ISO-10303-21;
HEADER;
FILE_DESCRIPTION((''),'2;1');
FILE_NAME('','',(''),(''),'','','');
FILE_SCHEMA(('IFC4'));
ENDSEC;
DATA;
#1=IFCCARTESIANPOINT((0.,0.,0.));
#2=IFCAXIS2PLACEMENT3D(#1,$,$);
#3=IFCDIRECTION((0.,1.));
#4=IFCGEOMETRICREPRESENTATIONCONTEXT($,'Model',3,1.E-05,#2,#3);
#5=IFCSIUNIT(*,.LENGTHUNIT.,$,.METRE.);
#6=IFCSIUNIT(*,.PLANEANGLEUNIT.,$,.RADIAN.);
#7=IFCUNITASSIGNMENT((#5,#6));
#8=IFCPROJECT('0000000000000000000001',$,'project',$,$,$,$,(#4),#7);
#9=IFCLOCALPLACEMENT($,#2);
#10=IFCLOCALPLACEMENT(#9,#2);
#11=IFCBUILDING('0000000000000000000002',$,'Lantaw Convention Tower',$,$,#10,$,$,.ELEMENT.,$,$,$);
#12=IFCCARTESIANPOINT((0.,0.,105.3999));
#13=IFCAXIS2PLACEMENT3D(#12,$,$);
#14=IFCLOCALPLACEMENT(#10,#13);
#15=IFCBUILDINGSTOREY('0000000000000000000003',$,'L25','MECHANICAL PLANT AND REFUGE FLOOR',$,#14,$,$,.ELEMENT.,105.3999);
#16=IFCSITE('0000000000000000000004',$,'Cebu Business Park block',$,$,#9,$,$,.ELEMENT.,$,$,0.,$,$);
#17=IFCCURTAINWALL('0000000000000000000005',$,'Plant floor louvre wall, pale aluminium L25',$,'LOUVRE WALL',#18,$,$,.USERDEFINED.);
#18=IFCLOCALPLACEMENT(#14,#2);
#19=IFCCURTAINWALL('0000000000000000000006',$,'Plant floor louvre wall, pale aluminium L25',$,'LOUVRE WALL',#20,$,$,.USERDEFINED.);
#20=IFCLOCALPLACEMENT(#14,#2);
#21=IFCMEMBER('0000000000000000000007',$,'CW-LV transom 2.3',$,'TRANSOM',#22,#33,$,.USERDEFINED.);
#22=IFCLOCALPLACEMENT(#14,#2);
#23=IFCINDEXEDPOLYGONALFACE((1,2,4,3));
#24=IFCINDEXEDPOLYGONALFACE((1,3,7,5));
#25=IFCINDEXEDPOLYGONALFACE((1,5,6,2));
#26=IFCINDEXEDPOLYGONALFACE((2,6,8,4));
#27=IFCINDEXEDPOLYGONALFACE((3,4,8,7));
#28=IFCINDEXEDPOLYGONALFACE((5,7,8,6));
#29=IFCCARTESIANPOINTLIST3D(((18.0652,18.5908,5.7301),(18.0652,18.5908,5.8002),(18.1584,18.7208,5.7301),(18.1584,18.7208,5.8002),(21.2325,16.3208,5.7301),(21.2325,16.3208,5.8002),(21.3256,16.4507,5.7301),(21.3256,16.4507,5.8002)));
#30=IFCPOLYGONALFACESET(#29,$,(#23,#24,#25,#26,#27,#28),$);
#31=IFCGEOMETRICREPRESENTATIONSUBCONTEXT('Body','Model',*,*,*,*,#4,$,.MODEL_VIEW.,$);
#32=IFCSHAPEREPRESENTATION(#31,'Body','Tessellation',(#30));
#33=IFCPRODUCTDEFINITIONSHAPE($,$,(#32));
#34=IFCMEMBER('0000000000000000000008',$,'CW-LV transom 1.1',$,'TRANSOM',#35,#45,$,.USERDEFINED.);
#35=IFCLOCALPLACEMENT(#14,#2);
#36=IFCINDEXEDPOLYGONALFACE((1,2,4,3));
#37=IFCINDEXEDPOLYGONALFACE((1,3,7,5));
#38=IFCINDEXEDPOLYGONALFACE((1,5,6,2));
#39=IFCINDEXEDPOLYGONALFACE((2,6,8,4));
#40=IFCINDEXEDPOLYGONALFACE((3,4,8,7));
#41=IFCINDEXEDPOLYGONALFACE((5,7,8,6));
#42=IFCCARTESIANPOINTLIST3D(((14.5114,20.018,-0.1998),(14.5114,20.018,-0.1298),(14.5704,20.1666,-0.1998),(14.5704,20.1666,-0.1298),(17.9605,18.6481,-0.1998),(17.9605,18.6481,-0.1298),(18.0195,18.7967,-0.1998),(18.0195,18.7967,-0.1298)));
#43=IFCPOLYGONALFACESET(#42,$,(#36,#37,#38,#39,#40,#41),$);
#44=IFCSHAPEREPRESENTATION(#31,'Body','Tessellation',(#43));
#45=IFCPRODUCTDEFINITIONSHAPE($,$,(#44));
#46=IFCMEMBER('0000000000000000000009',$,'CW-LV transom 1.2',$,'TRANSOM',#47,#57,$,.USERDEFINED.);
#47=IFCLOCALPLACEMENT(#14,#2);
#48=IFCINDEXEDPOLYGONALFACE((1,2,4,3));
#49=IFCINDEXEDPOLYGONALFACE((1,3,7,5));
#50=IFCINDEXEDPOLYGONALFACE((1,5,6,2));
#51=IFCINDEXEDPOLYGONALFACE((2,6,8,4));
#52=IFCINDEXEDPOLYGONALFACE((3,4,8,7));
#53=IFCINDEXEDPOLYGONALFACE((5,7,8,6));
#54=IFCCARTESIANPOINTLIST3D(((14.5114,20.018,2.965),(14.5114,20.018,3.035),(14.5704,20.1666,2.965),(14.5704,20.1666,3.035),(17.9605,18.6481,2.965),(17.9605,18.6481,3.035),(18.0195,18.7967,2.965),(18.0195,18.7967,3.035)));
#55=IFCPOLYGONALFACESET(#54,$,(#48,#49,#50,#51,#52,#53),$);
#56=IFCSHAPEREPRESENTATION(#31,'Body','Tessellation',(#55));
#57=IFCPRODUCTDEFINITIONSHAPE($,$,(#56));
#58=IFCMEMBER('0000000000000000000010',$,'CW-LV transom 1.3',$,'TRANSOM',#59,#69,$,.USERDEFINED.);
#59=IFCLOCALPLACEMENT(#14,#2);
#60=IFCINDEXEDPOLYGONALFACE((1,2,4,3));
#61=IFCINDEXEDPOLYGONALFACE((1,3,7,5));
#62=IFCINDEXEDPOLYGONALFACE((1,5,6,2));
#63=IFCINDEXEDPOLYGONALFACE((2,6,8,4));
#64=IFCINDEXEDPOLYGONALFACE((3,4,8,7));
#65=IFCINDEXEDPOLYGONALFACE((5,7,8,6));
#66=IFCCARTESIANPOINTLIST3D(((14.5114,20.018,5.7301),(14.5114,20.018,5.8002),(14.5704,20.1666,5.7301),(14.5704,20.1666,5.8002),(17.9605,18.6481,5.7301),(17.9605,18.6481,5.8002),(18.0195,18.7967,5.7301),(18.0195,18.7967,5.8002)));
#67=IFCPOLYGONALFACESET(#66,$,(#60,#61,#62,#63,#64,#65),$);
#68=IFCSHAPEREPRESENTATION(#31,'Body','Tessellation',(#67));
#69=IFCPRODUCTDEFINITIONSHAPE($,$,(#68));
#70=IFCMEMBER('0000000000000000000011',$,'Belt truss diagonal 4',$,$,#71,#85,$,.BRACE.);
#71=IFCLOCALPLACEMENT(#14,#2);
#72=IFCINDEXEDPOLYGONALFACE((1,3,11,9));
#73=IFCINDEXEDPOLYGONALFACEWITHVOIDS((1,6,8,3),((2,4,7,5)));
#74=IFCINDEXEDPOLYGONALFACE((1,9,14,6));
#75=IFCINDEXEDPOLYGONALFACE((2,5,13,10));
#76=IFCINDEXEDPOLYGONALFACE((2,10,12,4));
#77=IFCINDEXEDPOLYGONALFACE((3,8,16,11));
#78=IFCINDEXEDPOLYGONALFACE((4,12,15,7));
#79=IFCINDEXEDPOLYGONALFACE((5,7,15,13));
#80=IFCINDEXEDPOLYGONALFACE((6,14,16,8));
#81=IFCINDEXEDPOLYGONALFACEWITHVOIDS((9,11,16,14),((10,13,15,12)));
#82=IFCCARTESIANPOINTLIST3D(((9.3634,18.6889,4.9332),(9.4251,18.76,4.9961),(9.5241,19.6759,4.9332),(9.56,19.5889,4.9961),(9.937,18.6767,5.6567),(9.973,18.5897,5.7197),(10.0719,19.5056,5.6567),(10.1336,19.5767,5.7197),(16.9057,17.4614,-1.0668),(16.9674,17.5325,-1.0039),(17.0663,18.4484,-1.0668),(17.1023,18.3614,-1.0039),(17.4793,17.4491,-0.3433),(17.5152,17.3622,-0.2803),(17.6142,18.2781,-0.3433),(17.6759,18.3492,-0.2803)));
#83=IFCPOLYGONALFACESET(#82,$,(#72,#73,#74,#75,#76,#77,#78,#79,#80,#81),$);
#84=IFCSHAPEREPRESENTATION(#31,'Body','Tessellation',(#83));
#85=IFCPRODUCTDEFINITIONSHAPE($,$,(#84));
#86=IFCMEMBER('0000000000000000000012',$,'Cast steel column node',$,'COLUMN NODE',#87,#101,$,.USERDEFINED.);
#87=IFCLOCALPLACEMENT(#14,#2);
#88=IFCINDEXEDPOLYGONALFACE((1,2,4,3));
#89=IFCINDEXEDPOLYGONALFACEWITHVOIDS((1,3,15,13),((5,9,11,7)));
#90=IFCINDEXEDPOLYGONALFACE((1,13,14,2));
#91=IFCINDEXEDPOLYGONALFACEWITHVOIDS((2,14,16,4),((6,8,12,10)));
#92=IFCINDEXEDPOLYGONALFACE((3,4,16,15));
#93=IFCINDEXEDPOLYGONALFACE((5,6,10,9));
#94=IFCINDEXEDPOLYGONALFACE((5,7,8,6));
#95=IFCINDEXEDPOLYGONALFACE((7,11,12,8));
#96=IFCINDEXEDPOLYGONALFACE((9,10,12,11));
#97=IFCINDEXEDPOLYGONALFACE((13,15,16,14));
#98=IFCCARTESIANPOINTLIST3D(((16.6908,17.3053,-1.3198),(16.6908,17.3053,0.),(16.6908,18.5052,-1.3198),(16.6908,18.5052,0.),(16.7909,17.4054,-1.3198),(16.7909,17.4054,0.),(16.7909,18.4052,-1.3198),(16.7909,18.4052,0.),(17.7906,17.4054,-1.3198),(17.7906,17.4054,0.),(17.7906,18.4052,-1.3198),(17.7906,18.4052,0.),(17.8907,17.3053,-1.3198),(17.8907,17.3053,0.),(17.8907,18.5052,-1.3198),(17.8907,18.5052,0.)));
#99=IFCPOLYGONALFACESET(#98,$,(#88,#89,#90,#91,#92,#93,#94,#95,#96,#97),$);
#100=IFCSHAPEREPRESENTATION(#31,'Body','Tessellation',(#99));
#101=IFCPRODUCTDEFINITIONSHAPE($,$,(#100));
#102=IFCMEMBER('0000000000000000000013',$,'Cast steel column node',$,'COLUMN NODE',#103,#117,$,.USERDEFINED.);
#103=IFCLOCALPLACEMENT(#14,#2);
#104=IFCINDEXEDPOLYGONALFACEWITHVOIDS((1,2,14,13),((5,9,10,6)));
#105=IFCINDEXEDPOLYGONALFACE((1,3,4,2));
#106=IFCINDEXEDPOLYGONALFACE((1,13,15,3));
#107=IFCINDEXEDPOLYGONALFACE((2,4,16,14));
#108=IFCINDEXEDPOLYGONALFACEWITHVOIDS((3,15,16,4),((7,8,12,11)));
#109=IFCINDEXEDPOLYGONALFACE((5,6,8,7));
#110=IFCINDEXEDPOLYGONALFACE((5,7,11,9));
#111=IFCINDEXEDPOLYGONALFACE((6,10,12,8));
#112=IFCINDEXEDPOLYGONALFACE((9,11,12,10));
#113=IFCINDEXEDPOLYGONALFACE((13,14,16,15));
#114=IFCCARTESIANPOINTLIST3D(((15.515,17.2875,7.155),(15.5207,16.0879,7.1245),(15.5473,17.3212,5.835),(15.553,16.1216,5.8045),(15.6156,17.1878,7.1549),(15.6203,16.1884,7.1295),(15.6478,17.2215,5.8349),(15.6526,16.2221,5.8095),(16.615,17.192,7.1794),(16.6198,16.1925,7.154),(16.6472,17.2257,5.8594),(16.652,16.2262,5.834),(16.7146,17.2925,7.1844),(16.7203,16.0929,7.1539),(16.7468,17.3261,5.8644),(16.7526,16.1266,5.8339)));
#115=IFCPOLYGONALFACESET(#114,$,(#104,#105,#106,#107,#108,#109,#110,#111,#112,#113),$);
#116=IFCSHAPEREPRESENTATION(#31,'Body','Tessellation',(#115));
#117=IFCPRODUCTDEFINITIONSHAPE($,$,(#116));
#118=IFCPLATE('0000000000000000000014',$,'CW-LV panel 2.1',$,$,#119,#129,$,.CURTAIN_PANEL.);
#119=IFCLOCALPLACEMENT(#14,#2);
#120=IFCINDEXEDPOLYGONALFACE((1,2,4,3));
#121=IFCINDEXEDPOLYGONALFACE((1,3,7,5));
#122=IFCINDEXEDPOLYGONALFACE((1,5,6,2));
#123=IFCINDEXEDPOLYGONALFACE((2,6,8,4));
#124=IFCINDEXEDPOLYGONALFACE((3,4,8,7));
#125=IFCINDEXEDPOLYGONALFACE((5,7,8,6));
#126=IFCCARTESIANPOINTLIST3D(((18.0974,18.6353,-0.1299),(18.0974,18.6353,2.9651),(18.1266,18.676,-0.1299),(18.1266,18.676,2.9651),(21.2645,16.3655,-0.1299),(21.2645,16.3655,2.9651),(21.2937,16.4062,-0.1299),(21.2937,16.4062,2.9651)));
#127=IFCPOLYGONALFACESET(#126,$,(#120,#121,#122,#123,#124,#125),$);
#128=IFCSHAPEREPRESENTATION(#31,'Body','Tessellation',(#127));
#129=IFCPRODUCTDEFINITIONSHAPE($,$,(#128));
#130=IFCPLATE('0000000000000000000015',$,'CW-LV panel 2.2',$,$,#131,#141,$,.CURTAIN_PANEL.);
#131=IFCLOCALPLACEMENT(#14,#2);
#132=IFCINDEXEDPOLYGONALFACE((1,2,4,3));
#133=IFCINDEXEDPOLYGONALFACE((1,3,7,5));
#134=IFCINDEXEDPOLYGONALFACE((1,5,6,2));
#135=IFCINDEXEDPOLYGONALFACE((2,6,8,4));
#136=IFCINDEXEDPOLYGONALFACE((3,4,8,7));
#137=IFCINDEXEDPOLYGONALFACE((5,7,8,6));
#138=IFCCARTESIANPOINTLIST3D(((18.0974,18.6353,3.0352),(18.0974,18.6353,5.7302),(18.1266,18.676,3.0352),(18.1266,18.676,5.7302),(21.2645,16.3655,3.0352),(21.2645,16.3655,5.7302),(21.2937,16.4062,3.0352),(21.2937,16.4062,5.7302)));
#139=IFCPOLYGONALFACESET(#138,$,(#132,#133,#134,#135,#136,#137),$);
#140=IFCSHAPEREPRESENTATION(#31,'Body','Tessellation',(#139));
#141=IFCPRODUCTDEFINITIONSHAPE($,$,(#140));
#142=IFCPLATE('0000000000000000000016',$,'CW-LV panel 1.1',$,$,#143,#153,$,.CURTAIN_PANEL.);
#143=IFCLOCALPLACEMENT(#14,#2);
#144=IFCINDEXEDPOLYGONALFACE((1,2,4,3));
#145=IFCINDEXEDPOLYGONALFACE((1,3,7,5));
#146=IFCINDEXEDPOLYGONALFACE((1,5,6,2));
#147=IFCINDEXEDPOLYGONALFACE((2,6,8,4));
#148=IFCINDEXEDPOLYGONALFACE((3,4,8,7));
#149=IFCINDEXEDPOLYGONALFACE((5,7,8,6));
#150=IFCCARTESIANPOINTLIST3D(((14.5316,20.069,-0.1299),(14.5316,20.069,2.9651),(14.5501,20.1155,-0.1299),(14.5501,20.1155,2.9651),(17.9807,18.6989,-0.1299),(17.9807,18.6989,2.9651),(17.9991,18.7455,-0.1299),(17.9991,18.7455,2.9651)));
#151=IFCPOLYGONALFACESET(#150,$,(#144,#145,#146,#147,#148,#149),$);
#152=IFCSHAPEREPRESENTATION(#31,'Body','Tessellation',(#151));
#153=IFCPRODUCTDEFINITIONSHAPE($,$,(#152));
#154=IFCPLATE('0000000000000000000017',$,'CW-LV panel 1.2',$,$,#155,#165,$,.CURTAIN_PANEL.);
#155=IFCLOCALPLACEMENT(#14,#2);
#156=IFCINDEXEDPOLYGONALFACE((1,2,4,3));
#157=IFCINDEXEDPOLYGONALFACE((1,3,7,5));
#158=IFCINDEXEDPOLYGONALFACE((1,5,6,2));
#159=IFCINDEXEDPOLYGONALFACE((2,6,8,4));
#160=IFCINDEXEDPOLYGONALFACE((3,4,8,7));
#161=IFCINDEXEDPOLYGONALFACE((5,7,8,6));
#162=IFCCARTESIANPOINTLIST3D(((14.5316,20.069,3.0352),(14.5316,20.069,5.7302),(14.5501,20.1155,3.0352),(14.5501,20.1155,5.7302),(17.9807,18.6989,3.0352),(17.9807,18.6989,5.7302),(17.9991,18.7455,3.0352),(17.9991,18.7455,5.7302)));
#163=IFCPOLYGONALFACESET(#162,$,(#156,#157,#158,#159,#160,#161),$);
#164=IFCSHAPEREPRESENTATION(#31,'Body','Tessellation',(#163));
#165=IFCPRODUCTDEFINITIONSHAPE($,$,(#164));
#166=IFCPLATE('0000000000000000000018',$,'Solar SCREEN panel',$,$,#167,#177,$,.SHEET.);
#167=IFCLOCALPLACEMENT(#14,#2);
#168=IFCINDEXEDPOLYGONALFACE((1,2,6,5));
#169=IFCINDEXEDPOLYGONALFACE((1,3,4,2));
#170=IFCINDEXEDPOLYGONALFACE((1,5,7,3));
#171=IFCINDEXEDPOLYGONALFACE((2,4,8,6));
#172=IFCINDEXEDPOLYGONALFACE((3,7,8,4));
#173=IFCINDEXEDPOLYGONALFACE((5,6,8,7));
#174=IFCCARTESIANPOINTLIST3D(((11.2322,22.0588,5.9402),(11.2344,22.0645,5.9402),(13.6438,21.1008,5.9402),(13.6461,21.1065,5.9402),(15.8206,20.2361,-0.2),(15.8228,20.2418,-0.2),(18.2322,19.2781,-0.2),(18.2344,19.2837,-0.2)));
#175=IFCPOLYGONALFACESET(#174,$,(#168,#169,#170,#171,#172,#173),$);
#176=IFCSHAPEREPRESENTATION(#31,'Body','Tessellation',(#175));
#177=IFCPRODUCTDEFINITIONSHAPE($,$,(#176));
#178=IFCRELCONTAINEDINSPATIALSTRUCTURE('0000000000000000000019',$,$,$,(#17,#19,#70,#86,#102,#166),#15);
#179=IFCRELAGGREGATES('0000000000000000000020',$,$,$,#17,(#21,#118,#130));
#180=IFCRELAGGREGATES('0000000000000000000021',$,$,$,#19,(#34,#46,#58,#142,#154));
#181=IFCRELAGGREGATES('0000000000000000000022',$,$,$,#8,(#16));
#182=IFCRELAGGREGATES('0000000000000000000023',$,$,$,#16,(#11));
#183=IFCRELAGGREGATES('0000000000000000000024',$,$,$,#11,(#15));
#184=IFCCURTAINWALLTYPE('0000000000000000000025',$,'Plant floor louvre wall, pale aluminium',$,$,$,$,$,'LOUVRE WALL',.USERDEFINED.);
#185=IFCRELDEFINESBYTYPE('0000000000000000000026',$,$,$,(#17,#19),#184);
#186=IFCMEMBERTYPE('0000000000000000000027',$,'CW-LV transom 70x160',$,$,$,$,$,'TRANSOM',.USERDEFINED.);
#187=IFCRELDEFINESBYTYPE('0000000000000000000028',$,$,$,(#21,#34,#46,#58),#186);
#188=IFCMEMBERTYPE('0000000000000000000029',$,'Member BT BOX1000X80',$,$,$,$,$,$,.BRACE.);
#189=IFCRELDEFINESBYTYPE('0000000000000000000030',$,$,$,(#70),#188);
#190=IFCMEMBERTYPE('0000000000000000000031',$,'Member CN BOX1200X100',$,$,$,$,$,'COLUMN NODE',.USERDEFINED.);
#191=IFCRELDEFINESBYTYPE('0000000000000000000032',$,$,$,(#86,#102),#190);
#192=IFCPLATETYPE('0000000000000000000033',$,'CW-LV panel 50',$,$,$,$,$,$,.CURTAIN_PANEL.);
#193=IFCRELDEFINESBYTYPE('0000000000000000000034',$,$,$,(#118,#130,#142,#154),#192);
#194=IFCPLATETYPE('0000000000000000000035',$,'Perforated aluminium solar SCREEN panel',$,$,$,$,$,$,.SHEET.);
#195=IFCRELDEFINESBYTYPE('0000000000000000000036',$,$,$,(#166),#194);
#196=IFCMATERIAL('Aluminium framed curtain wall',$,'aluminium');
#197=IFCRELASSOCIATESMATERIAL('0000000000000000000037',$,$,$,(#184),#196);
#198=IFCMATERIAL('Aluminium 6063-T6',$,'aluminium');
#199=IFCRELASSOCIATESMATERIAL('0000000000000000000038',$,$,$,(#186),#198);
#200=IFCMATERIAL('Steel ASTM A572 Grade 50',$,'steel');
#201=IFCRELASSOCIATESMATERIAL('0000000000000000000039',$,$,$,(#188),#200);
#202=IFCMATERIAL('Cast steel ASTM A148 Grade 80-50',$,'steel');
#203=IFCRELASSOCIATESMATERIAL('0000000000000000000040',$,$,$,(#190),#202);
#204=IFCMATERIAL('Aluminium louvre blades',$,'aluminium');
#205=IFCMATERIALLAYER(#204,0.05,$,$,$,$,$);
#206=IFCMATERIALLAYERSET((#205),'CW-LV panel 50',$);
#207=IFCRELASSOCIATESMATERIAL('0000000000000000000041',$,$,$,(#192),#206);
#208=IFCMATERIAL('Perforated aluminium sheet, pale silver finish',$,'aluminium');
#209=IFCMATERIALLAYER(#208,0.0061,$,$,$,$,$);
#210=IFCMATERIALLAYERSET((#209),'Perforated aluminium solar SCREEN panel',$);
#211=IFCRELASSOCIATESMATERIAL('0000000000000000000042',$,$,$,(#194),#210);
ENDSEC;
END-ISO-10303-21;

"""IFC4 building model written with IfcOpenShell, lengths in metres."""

from ifc_helpers import new_model, si_unit, direction, frame, origin, origin_2d, place, context, subcontext, project, spatial, polyline, rectangle, hollow_rectangle, outline, extrude, material, layer, layer_set, material_profile, profile_set, type_object, element, aggregate, save


model = new_model("IFC4")

# Units and contexts
model_context = context("Model", 3, precision=1e-05, world=origin(), true_north=direction((0.0, 1.0)))
body_context = subcontext(model_context, "Body", "Model", "MODEL_VIEW")
ifc_project = project(units=[si_unit("LENGTHUNIT", "METRE"), si_unit("PLANEANGLEUNIT", "RADIAN")], contexts=[model_context])

# Site, building, storey
site_placement = place(None, origin())
site = spatial("IfcSite", under=ifc_project, at=site_placement, Name="Cebu Business Park block", CompositionType="ELEMENT", RefElevation=0.0)
building_placement = place(site_placement, origin())
building = spatial("IfcBuilding", under=site, at=building_placement, Name="Lantaw Convention Tower", CompositionType="ELEMENT")
storey_placement = place(building_placement, frame((0.0, 0.0, 105.3999)))
storey = spatial("IfcBuildingStorey", under=building, at=storey_placement, Name="L25", Description="MECHANICAL PLANT AND REFUGE FLOOR", CompositionType="ELEMENT", Elevation=105.3999)

# Curtain wall
ifc_material_1 = material(Name="Aluminium framed curtain wall", Category="aluminium")
curtain_wall_type = type_object("IfcCurtainWallType", Name="Plant floor louvre wall, pale aluminium", ElementType="LOUVRE WALL", PredefinedType="USERDEFINED", material=ifc_material_1)
curtain_wall_1_placement = place(storey_placement, origin())
curtain_wall_1 = element("IfcCurtainWall", 1, at=curtain_wall_1_placement, inside=storey, type_object=curtain_wall_type, Name="Plant floor louvre wall, pale aluminium L25", ObjectType="LOUVRE WALL", PredefinedType="USERDEFINED")
ifc_material_2 = material(Name="Aluminium 6063-T6", Category="aluminium")

# Curtain wall
curtain_wall_2_placement = place(storey_placement, origin())
curtain_wall_2 = element("IfcCurtainWall", 2, at=curtain_wall_2_placement, inside=storey, type_object=curtain_wall_type, Name="Plant floor louvre wall, pale aluminium L25", ObjectType="LOUVRE WALL", PredefinedType="USERDEFINED")

# Members
ifc_material_profile_1 = material_profile(ifc_material_2, rectangle(XDim=0.1599, YDim=0.0701, at=origin_2d()), Name="CW-LV transom 70x160")
ifc_profile_set_1 = profile_set([ifc_material_profile_1], Name="Aluminium 6063-T6")
member_type_1 = type_object("IfcMemberType", Name="CW-LV transom 70x160", ElementType="TRANSOM", PredefinedType="USERDEFINED", material=ifc_profile_set_1)
member_1_placement = place(storey_placement, frame((21.2791, 16.3857, 5.7651), z_axis=(-0.812797, 0.582547, 0.0), x_axis=(-0.582547, -0.812797, 0.0)))
member_1 = element("IfcMember", 3, at=member_1_placement, type_object=member_type_1, Name="CW-LV transom 2.3", ObjectType="TRANSOM", PredefinedType="USERDEFINED", context=body_context, shape_type="SweptSolid", body=[
    extrude(rectangle(XDim=0.1599, YDim=0.0701, at=origin_2d()), origin(), (0.0, 0.0, 1.0), 3.8967),
])
member_2_placement = place(storey_placement, frame((17.99, 18.7224, -0.1648), z_axis=(-0.929377, 0.369132, 0.0), x_axis=(-0.369132, -0.929377, 0.0)))
member_2 = element("IfcMember", 4, at=member_2_placement, type_object=member_type_1, Name="CW-LV transom 1.1", ObjectType="TRANSOM", PredefinedType="USERDEFINED", context=body_context, shape_type="SweptSolid", body=[
    extrude(rectangle(XDim=0.1599, YDim=0.0701, at=origin_2d()), origin(), (0.0, 0.0, 1.0), 3.7112),
])
member_3_placement = place(storey_placement, frame((17.99, 18.7224, 3.0), z_axis=(-0.929377, 0.369132, 0.0), x_axis=(-0.369132, -0.929377, 0.0)))
member_3 = element("IfcMember", 5, at=member_3_placement, type_object=member_type_1, Name="CW-LV transom 1.2", ObjectType="TRANSOM", PredefinedType="USERDEFINED", context=body_context, shape_type="SweptSolid", body=[
    extrude(rectangle(XDim=0.1599, YDim=0.0701, at=origin_2d()), origin(), (0.0, 0.0, 1.0), 3.7112),
])
member_4_placement = place(storey_placement, frame((17.99, 18.7224, 5.7651), z_axis=(-0.929377, 0.369132, 0.0), x_axis=(-0.369132, -0.929377, 0.0)))
member_4 = element("IfcMember", 6, at=member_4_placement, type_object=member_type_1, Name="CW-LV transom 1.3", ObjectType="TRANSOM", PredefinedType="USERDEFINED", context=body_context, shape_type="SweptSolid", body=[
    extrude(rectangle(XDim=0.1599, YDim=0.0701, at=origin_2d()), origin(), (0.0, 0.0, 1.0), 3.7112),
])

# Members
ifc_material_3 = material(Name="Steel ASTM A572 Grade 50", Category="steel")
ifc_material_profile_2 = material_profile(ifc_material_3, hollow_rectangle(XDim=1.0, YDim=1.0, WallThickness=0.0801, at=origin_2d()), Name="BOX1000X80")
ifc_profile_set_2 = profile_set([ifc_material_profile_2], Name="Steel ASTM A572 Grade 50")
member_type_2 = type_object("IfcMemberType", Name="Member BT BOX1000X80", PredefinedType="BRACE", material=ifc_profile_set_2)
member_5_placement = place(storey_placement, frame((17.2908, 17.9053, -0.6736), z_axis=(-0.776305, 0.126348, 0.617566), x_axis=(-0.160642, -0.987013, 0.0)))
element("IfcMember", 7, at=member_5_placement, inside=storey, type_object=member_type_2, Name="Belt truss diagonal 4", PredefinedType="BRACE", context=body_context, shape_type="SweptSolid", body=[
    extrude(hollow_rectangle(XDim=1.0, YDim=1.0, WallThickness=0.0801, at=origin_2d()), origin(), (0.0, 0.0, 1.0), 9.7156),
])
ifc_material_4 = material(Name="Cast steel ASTM A148 Grade 80-50", Category="steel")
ifc_material_profile_3 = material_profile(ifc_material_4, hollow_rectangle(XDim=1.2, YDim=1.2, WallThickness=0.1001, at=origin_2d()), Name="BOX1200X100")
ifc_profile_set_3 = profile_set([ifc_material_profile_3], Name="Cast steel ASTM A148 Grade 80-50")
member_type_3 = type_object("IfcMemberType", Name="Member CN BOX1200X100", ElementType="COLUMN NODE", PredefinedType="USERDEFINED", material=ifc_profile_set_3)
member_6_placement = place(storey_placement, frame((17.2908, 17.9053, -1.3198), z_axis=(0.0, 0.0, 1.0), x_axis=(1.0, 0.0, 0.0)))
element("IfcMember", 8, at=member_6_placement, inside=storey, type_object=member_type_3, Name="Cast steel column node", ObjectType="COLUMN NODE", PredefinedType="USERDEFINED", context=body_context, shape_type="SweptSolid", body=[
    extrude(hollow_rectangle(XDim=1.2, YDim=1.2, WallThickness=0.1001, at=origin_2d()), origin(), (0.0, 0.0, 1.0), 1.3198),
])
member_7_placement = place(storey_placement, frame((16.1499, 16.7239, 5.8345), z_axis=(-0.024398, -0.025507, 0.999377), x_axis=(0.999691, 0.004146, 0.024511)))
element("IfcMember", 9, at=member_7_placement, inside=storey, type_object=member_type_3, Name="Cast steel column node", ObjectType="COLUMN NODE", PredefinedType="USERDEFINED", context=body_context, shape_type="SweptSolid", body=[
    extrude(hollow_rectangle(XDim=1.2, YDim=1.2, WallThickness=0.1001, at=origin_2d()), origin(), (0.0, 0.0, 1.0), 1.3208),
])

# Plates
ifc_material_5 = material(Name="Aluminium louvre blades", Category="aluminium")
ifc_layer_1 = layer(ifc_material_5, 0.05)
ifc_layer_set_1 = layer_set([ifc_layer_1], Name="CW-LV panel 50")
plate_type_1 = type_object("IfcPlateType", Name="CW-LV panel 50", PredefinedType="CURTAIN_PANEL", material=ifc_layer_set_1)
plate_1_placement = place(storey_placement, frame((19.6956, 17.5208, -0.1299), z_axis=(0.0, 0.0, 1.0), x_axis=(-0.812804, 0.582538, 0.0)))
plate_1 = element("IfcPlate", 10, at=plate_1_placement, type_object=plate_type_1, Name="CW-LV panel 2.1", PredefinedType="CURTAIN_PANEL", context=body_context, shape_type="SweptSolid", body=[
    extrude(rectangle(XDim=3.8965, YDim=0.05, at=origin_2d()), origin(), (0.0, 0.0, 1.0), 3.095),
])
plate_2_placement = place(storey_placement, frame((19.6956, 17.5208, 3.0352), z_axis=(0.0, 0.0, 1.0), x_axis=(-0.812804, 0.582538, 0.0)))
plate_2 = element("IfcPlate", 11, at=plate_2_placement, type_object=plate_type_1, Name="CW-LV panel 2.2", PredefinedType="CURTAIN_PANEL", context=body_context, shape_type="SweptSolid", body=[
    extrude(rectangle(XDim=3.8965, YDim=0.05, at=origin_2d()), origin(), (0.0, 0.0, 1.0), 2.6951),
])
aggregate(curtain_wall_1, [member_1, plate_1, plate_2])
plate_3_placement = place(storey_placement, frame((16.2654, 19.4072, -0.1299), z_axis=(0.0, 0.0, 1.0), x_axis=(-0.929361, 0.369172, 0.0)))
plate_3 = element("IfcPlate", 12, at=plate_3_placement, type_object=plate_type_1, Name="CW-LV panel 1.1", PredefinedType="CURTAIN_PANEL", context=body_context, shape_type="SweptSolid", body=[
    extrude(rectangle(XDim=3.7112, YDim=0.05, at=origin_2d()), origin(), (0.0, 0.0, 1.0), 3.095),
])
plate_4_placement = place(storey_placement, frame((16.2654, 19.4072, 3.0352), z_axis=(0.0, 0.0, 1.0), x_axis=(-0.929361, 0.369172, 0.0)))
plate_4 = element("IfcPlate", 13, at=plate_4_placement, type_object=plate_type_1, Name="CW-LV panel 1.2", PredefinedType="CURTAIN_PANEL", context=body_context, shape_type="SweptSolid", body=[
    extrude(rectangle(XDim=3.7112, YDim=0.05, at=origin_2d()), origin(), (0.0, 0.0, 1.0), 2.6951),
])
aggregate(curtain_wall_2, [member_2, member_3, member_4, plate_3, plate_4])
ifc_material_6 = material(Name="Perforated aluminium sheet, pale silver finish", Category="aluminium")
ifc_layer_2 = layer(ifc_material_6, 0.0061)
ifc_layer_set_2 = layer_set([ifc_layer_2], Name="Perforated aluminium solar SCREEN panel")
plate_type_2 = type_object("IfcPlateType", Name="Perforated aluminium solar SCREEN panel", PredefinedType="SHEET", material=ifc_layer_set_2)
plate_5_placement = place(storey_placement, frame((18.2322, 19.2781, -0.2), z_axis=(-0.369184, -0.929357, 0.000006), x_axis=(-0.929357, 0.369184, 0.0)))
element("IfcPlate", 14, at=plate_5_placement, inside=storey, type_object=plate_type_2, Name="Solar SCREEN panel", PredefinedType="SHEET", context=body_context, shape_type="SweptSolid", body=[
    extrude(outline(polyline([(0.0, 0.0), (2.5949, 0.0), (7.5321, -6.1401), (4.9372, -6.1401), (0.0, 0.0)])), origin(), (0.0, 0.0, -1.0), 0.0061),
])

save(model, "model.ifc")
